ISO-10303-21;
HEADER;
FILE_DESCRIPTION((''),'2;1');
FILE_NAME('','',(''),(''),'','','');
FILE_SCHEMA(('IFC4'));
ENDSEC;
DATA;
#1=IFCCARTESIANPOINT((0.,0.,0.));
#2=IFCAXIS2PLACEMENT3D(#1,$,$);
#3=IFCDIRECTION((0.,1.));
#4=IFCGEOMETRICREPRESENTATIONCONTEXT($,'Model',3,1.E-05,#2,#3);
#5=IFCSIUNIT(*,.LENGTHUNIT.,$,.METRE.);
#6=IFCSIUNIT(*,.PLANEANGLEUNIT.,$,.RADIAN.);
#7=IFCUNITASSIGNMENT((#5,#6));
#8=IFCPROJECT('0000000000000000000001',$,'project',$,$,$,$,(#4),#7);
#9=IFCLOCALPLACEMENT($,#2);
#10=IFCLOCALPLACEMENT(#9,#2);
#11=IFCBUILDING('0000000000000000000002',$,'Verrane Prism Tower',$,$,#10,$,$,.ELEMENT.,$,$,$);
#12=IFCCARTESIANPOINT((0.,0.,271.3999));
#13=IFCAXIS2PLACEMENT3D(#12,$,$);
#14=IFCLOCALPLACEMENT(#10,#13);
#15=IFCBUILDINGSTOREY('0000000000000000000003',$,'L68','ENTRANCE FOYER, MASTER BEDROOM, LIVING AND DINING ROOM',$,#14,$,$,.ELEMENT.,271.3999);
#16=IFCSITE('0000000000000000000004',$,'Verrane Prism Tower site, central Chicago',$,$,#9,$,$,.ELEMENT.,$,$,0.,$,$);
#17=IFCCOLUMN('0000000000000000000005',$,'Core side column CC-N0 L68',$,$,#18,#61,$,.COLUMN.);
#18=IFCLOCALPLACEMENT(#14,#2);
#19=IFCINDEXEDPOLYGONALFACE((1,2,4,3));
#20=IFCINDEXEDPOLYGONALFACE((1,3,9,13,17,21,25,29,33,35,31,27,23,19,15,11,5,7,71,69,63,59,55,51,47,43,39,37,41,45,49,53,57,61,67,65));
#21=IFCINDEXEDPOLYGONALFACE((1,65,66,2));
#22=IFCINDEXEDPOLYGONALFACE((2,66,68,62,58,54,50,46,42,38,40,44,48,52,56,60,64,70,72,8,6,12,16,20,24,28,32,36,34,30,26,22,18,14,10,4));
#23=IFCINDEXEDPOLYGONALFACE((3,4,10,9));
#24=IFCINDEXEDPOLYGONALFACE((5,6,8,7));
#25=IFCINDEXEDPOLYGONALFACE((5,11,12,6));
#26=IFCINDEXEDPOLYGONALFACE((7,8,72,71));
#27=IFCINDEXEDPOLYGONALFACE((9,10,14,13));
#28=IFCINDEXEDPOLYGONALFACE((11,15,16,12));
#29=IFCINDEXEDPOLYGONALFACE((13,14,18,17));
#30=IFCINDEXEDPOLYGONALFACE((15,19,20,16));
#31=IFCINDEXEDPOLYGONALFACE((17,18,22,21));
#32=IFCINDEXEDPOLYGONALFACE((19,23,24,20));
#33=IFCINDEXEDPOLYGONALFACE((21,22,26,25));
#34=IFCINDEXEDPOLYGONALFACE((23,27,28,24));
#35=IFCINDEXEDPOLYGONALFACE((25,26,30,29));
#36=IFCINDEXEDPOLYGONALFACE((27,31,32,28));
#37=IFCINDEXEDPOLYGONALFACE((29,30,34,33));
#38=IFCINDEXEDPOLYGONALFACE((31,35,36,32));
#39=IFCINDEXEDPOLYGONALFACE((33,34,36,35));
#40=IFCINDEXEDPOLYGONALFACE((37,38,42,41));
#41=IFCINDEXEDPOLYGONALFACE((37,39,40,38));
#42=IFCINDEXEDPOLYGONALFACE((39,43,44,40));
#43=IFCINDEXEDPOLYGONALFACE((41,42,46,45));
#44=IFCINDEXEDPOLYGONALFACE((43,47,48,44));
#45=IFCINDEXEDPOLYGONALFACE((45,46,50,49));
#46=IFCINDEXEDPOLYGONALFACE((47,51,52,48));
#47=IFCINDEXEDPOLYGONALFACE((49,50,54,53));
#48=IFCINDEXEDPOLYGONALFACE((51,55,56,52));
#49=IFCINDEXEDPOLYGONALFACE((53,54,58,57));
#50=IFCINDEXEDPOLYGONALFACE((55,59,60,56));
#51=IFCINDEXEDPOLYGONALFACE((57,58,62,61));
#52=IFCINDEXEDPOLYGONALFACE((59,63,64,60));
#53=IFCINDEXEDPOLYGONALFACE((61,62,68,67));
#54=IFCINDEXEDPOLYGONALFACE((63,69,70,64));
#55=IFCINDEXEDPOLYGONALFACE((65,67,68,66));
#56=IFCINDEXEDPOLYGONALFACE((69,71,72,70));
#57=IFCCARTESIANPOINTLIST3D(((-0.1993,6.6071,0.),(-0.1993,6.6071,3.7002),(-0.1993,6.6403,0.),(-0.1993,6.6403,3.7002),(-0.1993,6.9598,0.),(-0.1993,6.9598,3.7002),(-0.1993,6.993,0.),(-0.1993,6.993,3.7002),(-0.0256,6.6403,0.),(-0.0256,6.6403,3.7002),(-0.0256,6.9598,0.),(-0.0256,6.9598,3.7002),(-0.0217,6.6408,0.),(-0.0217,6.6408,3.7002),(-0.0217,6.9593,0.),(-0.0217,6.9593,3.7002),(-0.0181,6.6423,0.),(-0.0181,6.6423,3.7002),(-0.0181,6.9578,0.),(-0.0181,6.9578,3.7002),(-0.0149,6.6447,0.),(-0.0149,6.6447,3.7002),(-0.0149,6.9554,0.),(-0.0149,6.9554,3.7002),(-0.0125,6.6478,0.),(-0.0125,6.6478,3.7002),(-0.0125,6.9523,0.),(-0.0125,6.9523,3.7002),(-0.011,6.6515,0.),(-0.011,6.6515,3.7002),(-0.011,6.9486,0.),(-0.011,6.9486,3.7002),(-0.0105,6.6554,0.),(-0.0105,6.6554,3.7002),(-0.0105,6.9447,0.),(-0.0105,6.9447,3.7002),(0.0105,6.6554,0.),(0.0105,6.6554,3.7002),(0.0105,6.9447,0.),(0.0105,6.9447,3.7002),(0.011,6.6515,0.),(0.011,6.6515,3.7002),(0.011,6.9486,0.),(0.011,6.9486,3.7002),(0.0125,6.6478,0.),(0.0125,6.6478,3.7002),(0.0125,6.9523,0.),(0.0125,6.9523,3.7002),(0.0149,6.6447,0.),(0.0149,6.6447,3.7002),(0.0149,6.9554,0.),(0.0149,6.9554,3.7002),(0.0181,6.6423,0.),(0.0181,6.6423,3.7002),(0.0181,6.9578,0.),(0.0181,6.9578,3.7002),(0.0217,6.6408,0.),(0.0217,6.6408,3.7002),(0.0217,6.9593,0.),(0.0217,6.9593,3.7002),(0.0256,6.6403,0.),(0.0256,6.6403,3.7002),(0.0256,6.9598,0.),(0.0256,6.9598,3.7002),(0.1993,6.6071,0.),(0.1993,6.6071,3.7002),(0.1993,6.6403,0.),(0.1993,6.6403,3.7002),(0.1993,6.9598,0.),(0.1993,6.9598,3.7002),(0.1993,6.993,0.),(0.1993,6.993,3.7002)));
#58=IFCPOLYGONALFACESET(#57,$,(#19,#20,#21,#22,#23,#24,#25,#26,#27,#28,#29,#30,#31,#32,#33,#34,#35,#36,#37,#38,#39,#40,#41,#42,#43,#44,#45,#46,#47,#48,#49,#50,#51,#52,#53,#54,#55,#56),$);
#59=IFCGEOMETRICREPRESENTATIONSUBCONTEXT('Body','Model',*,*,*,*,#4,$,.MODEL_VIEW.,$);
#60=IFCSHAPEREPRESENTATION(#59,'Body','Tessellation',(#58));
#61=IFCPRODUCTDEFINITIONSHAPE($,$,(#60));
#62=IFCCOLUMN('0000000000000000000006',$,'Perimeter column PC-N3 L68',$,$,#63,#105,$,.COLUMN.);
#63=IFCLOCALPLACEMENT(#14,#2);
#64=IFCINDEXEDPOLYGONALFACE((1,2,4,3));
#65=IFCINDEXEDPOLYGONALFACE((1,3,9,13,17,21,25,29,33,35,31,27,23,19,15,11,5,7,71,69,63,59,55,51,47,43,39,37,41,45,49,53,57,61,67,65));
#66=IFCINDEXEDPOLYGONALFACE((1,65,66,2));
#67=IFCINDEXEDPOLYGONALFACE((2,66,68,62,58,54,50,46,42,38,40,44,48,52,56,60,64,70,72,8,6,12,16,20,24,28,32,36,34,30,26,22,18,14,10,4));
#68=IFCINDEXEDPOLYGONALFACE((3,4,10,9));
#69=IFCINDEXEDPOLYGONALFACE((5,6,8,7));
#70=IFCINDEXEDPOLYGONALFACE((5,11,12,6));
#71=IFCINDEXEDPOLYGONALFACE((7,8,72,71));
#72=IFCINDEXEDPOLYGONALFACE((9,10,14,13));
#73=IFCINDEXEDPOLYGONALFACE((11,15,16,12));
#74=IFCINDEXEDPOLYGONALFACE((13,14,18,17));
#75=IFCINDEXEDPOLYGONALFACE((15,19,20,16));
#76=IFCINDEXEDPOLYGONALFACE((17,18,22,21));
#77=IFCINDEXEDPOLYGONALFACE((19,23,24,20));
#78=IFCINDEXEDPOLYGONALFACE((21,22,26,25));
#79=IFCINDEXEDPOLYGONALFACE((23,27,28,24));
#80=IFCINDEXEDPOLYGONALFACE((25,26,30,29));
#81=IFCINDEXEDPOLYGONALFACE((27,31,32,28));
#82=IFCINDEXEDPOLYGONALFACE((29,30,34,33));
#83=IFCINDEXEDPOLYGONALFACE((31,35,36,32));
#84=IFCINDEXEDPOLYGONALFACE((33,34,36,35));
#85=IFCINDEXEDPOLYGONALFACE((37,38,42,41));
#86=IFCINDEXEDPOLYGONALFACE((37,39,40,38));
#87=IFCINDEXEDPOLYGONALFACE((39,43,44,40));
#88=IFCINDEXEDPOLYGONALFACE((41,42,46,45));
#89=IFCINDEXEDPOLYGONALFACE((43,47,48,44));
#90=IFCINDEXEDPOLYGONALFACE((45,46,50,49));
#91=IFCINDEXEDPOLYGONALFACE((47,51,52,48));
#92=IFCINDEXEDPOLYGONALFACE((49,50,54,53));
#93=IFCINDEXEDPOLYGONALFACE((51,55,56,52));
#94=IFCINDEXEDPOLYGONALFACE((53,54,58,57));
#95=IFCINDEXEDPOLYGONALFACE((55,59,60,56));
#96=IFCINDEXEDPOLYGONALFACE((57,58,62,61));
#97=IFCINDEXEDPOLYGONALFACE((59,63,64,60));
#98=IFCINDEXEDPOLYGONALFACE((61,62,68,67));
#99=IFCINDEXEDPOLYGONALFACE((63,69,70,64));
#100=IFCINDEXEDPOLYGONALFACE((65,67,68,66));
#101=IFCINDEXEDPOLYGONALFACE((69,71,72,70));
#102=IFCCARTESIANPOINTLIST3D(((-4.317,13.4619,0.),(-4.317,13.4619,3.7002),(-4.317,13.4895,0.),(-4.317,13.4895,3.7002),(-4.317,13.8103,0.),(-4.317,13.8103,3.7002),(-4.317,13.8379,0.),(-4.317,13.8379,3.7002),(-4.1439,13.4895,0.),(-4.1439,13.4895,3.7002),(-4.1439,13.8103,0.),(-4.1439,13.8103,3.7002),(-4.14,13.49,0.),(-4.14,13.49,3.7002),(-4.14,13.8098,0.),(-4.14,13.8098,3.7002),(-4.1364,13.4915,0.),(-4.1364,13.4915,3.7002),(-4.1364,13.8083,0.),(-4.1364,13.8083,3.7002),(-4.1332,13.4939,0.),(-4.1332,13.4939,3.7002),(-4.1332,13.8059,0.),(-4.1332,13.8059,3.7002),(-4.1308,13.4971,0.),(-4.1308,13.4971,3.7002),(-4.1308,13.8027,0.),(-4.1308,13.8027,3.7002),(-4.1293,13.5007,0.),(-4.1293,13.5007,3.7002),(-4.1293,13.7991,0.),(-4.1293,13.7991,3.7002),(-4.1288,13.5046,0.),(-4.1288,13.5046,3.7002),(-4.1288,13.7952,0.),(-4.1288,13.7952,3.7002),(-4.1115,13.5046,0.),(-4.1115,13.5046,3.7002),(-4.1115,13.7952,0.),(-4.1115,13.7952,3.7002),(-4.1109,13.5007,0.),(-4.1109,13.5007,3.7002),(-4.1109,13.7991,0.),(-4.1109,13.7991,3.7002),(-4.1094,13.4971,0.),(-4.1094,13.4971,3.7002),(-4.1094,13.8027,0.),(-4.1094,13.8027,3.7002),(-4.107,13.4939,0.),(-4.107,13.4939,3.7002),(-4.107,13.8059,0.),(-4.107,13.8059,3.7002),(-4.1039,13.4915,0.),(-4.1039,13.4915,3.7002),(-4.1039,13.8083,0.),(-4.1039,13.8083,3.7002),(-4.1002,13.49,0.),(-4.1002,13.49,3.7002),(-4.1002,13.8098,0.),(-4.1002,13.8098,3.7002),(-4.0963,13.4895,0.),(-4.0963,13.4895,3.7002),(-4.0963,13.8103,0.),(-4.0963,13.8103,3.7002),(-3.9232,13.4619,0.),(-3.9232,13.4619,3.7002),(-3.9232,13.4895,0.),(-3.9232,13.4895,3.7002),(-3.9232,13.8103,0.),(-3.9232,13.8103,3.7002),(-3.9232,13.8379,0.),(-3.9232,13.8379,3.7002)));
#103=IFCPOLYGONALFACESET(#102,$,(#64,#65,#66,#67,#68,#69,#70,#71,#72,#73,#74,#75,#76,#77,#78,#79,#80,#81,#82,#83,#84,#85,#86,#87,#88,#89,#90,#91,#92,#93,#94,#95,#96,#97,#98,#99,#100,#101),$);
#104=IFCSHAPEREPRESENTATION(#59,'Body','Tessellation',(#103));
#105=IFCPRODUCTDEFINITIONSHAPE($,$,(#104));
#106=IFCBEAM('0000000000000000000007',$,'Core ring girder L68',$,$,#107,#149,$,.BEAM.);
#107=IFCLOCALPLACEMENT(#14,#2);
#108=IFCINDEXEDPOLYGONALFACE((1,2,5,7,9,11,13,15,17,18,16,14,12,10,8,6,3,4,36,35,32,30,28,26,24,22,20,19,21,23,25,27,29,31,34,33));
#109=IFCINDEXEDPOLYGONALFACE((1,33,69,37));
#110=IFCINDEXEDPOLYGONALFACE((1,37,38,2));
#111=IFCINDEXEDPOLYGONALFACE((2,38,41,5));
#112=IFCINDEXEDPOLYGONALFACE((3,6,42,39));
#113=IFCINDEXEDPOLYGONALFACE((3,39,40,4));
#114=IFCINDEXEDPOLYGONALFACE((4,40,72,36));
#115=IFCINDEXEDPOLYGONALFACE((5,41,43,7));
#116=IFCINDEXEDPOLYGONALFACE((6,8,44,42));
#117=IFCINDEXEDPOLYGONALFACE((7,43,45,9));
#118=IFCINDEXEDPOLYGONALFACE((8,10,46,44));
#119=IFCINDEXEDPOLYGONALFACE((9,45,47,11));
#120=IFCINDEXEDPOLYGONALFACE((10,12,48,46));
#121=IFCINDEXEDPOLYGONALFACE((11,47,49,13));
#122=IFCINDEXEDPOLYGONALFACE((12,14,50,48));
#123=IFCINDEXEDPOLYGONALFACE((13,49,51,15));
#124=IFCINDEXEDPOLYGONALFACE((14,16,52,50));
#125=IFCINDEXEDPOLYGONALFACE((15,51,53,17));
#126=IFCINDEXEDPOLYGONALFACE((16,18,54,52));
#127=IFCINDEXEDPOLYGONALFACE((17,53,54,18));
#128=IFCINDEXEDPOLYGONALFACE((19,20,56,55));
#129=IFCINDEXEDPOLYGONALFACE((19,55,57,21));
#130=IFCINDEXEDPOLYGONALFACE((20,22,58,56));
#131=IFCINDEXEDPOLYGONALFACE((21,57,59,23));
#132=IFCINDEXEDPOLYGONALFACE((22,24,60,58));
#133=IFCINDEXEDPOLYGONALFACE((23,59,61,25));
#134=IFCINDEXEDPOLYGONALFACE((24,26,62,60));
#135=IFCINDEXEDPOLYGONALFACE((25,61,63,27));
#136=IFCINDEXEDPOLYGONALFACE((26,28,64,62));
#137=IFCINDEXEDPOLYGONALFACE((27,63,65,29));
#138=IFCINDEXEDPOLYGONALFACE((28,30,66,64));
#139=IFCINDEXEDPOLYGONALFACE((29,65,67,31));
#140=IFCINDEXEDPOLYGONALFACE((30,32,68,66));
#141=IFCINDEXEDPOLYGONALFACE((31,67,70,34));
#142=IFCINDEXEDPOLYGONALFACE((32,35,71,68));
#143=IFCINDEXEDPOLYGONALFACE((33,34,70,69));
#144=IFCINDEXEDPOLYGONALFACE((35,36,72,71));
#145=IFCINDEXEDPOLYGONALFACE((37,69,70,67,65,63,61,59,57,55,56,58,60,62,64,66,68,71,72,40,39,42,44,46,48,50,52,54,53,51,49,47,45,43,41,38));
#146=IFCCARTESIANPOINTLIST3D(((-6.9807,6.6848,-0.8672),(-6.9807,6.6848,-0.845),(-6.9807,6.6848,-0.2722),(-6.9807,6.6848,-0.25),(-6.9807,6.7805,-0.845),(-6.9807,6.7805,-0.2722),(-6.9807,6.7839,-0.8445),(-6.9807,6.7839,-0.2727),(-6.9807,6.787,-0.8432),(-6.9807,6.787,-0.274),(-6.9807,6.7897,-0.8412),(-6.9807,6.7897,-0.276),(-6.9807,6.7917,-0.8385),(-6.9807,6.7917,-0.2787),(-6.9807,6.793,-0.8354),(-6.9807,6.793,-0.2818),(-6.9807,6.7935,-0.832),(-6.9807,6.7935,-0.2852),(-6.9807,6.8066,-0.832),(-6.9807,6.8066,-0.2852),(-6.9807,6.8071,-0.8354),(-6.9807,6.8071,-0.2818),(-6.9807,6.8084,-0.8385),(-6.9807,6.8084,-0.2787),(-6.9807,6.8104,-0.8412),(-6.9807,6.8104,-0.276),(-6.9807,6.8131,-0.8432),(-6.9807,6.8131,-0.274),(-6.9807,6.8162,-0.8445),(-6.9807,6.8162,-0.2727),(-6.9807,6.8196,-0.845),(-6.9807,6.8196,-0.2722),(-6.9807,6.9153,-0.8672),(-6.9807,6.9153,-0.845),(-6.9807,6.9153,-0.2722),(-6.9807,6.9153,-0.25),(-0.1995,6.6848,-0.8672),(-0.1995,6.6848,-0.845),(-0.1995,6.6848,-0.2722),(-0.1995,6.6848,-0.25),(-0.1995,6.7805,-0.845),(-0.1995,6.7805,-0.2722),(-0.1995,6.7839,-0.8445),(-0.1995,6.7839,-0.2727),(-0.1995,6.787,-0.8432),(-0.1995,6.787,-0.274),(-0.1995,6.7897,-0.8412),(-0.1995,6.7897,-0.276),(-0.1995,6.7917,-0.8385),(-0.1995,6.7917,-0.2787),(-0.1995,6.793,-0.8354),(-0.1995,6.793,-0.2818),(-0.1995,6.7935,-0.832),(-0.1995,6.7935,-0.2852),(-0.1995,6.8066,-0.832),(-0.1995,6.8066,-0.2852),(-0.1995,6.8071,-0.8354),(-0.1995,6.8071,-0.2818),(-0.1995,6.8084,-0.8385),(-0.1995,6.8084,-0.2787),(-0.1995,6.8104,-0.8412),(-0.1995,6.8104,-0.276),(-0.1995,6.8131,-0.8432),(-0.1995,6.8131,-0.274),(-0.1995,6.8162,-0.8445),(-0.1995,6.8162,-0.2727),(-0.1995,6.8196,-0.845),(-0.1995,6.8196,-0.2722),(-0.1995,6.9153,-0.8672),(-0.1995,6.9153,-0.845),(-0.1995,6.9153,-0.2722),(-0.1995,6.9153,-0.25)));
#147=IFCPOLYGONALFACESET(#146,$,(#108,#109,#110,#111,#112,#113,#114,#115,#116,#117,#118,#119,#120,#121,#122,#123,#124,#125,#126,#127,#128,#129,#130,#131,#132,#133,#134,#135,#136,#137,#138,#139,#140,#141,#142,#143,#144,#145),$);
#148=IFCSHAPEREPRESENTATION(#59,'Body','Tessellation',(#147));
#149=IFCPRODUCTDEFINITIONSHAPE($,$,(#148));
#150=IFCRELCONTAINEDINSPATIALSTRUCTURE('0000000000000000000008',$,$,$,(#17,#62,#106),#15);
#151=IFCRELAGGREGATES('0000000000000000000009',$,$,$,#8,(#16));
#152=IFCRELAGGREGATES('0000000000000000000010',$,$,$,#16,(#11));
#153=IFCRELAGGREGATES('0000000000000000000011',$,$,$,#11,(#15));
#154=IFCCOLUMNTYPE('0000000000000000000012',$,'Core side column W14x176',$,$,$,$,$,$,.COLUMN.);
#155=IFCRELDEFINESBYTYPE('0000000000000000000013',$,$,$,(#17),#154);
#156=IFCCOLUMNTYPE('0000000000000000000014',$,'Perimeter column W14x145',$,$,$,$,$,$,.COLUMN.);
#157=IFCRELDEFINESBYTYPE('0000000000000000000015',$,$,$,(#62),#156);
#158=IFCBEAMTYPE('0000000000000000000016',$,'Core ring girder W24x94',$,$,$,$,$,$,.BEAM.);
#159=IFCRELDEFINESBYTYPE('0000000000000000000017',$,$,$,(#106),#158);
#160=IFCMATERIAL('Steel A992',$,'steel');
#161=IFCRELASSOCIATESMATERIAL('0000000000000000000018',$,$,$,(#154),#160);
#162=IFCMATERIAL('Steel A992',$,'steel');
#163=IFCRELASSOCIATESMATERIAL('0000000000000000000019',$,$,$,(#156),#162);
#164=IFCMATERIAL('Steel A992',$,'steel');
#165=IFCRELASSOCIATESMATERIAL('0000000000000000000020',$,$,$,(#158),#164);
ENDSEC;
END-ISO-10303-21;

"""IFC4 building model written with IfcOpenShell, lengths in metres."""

from ifc_helpers import new_model, si_unit, direction, frame, origin, origin_2d, place, context, subcontext, project, spatial, i_section, extrude, material, material_profile, profile_set, type_object, element, save


model = new_model("IFC4")

# Units and contexts
model_context = context("Model", 3, precision=1e-05, world=origin(), true_north=direction((0.0, 1.0)))
body_context = subcontext(model_context, "Body", "Model", "MODEL_VIEW")
ifc_project = project(units=[si_unit("LENGTHUNIT", "METRE"), si_unit("PLANEANGLEUNIT", "RADIAN")], contexts=[model_context])

# Site, building, storey
site_placement = place(None, origin())
site = spatial("IfcSite", under=ifc_project, at=site_placement, Name="Verrane Prism Tower site, central Chicago", CompositionType="ELEMENT", RefElevation=0.0)
building_placement = place(site_placement, origin())
building = spatial("IfcBuilding", under=site, at=building_placement, Name="Verrane Prism Tower", CompositionType="ELEMENT")
storey_placement = place(building_placement, frame((0.0, 0.0, 271.3999)))
storey = spatial("IfcBuildingStorey", under=building, at=storey_placement, Name="L68", Description="ENTRANCE FOYER, MASTER BEDROOM, LIVING AND DINING ROOM", CompositionType="ELEMENT", Elevation=271.3999)

# Columns
ifc_material_1 = material(Name="Steel A992", Category="steel")
ifc_material_profile_1 = material_profile(ifc_material_1, i_section(OverallWidth=0.3987, OverallDepth=0.386, WebThickness=0.021, FlangeThickness=0.0332, FilletRadius=0.0151, at=origin_2d()), Name="W14x176")
ifc_profile_set_1 = profile_set([ifc_material_profile_1], Name="Steel A992")
column_type_1 = type_object("IfcColumnType", Name="Core side column W14x176", PredefinedType="COLUMN", material=ifc_profile_set_1)
column_1_placement = place(storey_placement, frame((0.0, 6.8, 0.0), z_axis=(0.0, 0.0, 1.0), x_axis=(1.0, 0.0, 0.0)))
element("IfcColumn", 1, at=column_1_placement, inside=storey, type_object=column_type_1, Name="Core side column CC-N0 L68", PredefinedType="COLUMN", context=body_context, shape_type="SweptSolid", body=[
    extrude(i_section(OverallWidth=0.3987, OverallDepth=0.386, WebThickness=0.021, FlangeThickness=0.0332, FilletRadius=0.0151, at=origin_2d()), origin(), (0.0, 0.0, 1.0), 3.7002),
])
ifc_material_2 = material(Name="Steel A992", Category="steel")
ifc_material_profile_2 = material_profile(ifc_material_2, i_section(OverallWidth=0.3938, OverallDepth=0.376, WebThickness=0.0173, FlangeThickness=0.0276, FilletRadius=0.0151, at=origin_2d()), Name="W14x145")
ifc_profile_set_2 = profile_set([ifc_material_profile_2], Name="Steel A992")
column_type_2 = type_object("IfcColumnType", Name="Perimeter column W14x145", PredefinedType="COLUMN", material=ifc_profile_set_2)
column_2_placement = place(storey_placement, frame((-4.1201, 13.6499, 0.0), z_axis=(0.0, 0.0, 1.0), x_axis=(1.0, 0.0, 0.0)))
element("IfcColumn", 2, at=column_2_placement, inside=storey, type_object=column_type_2, Name="Perimeter column PC-N3 L68", PredefinedType="COLUMN", context=body_context, shape_type="SweptSolid", body=[
    extrude(i_section(OverallWidth=0.3938, OverallDepth=0.376, WebThickness=0.0173, FlangeThickness=0.0276, FilletRadius=0.0151, at=origin_2d()), origin(), (0.0, 0.0, 1.0), 3.7002),
])

# Beam
ifc_material_3 = material(Name="Steel A992", Category="steel")
ifc_material_profile_3 = material_profile(ifc_material_3, i_section(OverallWidth=0.2305, OverallDepth=0.6172, WebThickness=0.0132, FlangeThickness=0.0222, FilletRadius=0.0129, at=origin_2d()), Name="W24x94")
ifc_profile_set_3 = profile_set([ifc_material_profile_3], Name="Steel A992")
beam_type_1 = type_object("IfcBeamType", Name="Core ring girder W24x94", PredefinedType="BEAM", material=ifc_profile_set_3)
beam_1_placement = place(storey_placement, frame((-0.1995, 6.8, -0.5586), z_axis=(-1.0, 0.0, 0.0), x_axis=(0.0, -1.0, 0.0)))
element("IfcBeam", 3, at=beam_1_placement, inside=storey, type_object=beam_type_1, Name="Core ring girder L68", PredefinedType="BEAM", context=body_context, shape_type="SweptSolid", body=[
    extrude(i_section(OverallWidth=0.2305, OverallDepth=0.6172, WebThickness=0.0132, FlangeThickness=0.0222, FilletRadius=0.0129, at=origin_2d()), origin(), (0.0, 0.0, 1.0), 6.7812),
])

save(model, "model.ifc")
